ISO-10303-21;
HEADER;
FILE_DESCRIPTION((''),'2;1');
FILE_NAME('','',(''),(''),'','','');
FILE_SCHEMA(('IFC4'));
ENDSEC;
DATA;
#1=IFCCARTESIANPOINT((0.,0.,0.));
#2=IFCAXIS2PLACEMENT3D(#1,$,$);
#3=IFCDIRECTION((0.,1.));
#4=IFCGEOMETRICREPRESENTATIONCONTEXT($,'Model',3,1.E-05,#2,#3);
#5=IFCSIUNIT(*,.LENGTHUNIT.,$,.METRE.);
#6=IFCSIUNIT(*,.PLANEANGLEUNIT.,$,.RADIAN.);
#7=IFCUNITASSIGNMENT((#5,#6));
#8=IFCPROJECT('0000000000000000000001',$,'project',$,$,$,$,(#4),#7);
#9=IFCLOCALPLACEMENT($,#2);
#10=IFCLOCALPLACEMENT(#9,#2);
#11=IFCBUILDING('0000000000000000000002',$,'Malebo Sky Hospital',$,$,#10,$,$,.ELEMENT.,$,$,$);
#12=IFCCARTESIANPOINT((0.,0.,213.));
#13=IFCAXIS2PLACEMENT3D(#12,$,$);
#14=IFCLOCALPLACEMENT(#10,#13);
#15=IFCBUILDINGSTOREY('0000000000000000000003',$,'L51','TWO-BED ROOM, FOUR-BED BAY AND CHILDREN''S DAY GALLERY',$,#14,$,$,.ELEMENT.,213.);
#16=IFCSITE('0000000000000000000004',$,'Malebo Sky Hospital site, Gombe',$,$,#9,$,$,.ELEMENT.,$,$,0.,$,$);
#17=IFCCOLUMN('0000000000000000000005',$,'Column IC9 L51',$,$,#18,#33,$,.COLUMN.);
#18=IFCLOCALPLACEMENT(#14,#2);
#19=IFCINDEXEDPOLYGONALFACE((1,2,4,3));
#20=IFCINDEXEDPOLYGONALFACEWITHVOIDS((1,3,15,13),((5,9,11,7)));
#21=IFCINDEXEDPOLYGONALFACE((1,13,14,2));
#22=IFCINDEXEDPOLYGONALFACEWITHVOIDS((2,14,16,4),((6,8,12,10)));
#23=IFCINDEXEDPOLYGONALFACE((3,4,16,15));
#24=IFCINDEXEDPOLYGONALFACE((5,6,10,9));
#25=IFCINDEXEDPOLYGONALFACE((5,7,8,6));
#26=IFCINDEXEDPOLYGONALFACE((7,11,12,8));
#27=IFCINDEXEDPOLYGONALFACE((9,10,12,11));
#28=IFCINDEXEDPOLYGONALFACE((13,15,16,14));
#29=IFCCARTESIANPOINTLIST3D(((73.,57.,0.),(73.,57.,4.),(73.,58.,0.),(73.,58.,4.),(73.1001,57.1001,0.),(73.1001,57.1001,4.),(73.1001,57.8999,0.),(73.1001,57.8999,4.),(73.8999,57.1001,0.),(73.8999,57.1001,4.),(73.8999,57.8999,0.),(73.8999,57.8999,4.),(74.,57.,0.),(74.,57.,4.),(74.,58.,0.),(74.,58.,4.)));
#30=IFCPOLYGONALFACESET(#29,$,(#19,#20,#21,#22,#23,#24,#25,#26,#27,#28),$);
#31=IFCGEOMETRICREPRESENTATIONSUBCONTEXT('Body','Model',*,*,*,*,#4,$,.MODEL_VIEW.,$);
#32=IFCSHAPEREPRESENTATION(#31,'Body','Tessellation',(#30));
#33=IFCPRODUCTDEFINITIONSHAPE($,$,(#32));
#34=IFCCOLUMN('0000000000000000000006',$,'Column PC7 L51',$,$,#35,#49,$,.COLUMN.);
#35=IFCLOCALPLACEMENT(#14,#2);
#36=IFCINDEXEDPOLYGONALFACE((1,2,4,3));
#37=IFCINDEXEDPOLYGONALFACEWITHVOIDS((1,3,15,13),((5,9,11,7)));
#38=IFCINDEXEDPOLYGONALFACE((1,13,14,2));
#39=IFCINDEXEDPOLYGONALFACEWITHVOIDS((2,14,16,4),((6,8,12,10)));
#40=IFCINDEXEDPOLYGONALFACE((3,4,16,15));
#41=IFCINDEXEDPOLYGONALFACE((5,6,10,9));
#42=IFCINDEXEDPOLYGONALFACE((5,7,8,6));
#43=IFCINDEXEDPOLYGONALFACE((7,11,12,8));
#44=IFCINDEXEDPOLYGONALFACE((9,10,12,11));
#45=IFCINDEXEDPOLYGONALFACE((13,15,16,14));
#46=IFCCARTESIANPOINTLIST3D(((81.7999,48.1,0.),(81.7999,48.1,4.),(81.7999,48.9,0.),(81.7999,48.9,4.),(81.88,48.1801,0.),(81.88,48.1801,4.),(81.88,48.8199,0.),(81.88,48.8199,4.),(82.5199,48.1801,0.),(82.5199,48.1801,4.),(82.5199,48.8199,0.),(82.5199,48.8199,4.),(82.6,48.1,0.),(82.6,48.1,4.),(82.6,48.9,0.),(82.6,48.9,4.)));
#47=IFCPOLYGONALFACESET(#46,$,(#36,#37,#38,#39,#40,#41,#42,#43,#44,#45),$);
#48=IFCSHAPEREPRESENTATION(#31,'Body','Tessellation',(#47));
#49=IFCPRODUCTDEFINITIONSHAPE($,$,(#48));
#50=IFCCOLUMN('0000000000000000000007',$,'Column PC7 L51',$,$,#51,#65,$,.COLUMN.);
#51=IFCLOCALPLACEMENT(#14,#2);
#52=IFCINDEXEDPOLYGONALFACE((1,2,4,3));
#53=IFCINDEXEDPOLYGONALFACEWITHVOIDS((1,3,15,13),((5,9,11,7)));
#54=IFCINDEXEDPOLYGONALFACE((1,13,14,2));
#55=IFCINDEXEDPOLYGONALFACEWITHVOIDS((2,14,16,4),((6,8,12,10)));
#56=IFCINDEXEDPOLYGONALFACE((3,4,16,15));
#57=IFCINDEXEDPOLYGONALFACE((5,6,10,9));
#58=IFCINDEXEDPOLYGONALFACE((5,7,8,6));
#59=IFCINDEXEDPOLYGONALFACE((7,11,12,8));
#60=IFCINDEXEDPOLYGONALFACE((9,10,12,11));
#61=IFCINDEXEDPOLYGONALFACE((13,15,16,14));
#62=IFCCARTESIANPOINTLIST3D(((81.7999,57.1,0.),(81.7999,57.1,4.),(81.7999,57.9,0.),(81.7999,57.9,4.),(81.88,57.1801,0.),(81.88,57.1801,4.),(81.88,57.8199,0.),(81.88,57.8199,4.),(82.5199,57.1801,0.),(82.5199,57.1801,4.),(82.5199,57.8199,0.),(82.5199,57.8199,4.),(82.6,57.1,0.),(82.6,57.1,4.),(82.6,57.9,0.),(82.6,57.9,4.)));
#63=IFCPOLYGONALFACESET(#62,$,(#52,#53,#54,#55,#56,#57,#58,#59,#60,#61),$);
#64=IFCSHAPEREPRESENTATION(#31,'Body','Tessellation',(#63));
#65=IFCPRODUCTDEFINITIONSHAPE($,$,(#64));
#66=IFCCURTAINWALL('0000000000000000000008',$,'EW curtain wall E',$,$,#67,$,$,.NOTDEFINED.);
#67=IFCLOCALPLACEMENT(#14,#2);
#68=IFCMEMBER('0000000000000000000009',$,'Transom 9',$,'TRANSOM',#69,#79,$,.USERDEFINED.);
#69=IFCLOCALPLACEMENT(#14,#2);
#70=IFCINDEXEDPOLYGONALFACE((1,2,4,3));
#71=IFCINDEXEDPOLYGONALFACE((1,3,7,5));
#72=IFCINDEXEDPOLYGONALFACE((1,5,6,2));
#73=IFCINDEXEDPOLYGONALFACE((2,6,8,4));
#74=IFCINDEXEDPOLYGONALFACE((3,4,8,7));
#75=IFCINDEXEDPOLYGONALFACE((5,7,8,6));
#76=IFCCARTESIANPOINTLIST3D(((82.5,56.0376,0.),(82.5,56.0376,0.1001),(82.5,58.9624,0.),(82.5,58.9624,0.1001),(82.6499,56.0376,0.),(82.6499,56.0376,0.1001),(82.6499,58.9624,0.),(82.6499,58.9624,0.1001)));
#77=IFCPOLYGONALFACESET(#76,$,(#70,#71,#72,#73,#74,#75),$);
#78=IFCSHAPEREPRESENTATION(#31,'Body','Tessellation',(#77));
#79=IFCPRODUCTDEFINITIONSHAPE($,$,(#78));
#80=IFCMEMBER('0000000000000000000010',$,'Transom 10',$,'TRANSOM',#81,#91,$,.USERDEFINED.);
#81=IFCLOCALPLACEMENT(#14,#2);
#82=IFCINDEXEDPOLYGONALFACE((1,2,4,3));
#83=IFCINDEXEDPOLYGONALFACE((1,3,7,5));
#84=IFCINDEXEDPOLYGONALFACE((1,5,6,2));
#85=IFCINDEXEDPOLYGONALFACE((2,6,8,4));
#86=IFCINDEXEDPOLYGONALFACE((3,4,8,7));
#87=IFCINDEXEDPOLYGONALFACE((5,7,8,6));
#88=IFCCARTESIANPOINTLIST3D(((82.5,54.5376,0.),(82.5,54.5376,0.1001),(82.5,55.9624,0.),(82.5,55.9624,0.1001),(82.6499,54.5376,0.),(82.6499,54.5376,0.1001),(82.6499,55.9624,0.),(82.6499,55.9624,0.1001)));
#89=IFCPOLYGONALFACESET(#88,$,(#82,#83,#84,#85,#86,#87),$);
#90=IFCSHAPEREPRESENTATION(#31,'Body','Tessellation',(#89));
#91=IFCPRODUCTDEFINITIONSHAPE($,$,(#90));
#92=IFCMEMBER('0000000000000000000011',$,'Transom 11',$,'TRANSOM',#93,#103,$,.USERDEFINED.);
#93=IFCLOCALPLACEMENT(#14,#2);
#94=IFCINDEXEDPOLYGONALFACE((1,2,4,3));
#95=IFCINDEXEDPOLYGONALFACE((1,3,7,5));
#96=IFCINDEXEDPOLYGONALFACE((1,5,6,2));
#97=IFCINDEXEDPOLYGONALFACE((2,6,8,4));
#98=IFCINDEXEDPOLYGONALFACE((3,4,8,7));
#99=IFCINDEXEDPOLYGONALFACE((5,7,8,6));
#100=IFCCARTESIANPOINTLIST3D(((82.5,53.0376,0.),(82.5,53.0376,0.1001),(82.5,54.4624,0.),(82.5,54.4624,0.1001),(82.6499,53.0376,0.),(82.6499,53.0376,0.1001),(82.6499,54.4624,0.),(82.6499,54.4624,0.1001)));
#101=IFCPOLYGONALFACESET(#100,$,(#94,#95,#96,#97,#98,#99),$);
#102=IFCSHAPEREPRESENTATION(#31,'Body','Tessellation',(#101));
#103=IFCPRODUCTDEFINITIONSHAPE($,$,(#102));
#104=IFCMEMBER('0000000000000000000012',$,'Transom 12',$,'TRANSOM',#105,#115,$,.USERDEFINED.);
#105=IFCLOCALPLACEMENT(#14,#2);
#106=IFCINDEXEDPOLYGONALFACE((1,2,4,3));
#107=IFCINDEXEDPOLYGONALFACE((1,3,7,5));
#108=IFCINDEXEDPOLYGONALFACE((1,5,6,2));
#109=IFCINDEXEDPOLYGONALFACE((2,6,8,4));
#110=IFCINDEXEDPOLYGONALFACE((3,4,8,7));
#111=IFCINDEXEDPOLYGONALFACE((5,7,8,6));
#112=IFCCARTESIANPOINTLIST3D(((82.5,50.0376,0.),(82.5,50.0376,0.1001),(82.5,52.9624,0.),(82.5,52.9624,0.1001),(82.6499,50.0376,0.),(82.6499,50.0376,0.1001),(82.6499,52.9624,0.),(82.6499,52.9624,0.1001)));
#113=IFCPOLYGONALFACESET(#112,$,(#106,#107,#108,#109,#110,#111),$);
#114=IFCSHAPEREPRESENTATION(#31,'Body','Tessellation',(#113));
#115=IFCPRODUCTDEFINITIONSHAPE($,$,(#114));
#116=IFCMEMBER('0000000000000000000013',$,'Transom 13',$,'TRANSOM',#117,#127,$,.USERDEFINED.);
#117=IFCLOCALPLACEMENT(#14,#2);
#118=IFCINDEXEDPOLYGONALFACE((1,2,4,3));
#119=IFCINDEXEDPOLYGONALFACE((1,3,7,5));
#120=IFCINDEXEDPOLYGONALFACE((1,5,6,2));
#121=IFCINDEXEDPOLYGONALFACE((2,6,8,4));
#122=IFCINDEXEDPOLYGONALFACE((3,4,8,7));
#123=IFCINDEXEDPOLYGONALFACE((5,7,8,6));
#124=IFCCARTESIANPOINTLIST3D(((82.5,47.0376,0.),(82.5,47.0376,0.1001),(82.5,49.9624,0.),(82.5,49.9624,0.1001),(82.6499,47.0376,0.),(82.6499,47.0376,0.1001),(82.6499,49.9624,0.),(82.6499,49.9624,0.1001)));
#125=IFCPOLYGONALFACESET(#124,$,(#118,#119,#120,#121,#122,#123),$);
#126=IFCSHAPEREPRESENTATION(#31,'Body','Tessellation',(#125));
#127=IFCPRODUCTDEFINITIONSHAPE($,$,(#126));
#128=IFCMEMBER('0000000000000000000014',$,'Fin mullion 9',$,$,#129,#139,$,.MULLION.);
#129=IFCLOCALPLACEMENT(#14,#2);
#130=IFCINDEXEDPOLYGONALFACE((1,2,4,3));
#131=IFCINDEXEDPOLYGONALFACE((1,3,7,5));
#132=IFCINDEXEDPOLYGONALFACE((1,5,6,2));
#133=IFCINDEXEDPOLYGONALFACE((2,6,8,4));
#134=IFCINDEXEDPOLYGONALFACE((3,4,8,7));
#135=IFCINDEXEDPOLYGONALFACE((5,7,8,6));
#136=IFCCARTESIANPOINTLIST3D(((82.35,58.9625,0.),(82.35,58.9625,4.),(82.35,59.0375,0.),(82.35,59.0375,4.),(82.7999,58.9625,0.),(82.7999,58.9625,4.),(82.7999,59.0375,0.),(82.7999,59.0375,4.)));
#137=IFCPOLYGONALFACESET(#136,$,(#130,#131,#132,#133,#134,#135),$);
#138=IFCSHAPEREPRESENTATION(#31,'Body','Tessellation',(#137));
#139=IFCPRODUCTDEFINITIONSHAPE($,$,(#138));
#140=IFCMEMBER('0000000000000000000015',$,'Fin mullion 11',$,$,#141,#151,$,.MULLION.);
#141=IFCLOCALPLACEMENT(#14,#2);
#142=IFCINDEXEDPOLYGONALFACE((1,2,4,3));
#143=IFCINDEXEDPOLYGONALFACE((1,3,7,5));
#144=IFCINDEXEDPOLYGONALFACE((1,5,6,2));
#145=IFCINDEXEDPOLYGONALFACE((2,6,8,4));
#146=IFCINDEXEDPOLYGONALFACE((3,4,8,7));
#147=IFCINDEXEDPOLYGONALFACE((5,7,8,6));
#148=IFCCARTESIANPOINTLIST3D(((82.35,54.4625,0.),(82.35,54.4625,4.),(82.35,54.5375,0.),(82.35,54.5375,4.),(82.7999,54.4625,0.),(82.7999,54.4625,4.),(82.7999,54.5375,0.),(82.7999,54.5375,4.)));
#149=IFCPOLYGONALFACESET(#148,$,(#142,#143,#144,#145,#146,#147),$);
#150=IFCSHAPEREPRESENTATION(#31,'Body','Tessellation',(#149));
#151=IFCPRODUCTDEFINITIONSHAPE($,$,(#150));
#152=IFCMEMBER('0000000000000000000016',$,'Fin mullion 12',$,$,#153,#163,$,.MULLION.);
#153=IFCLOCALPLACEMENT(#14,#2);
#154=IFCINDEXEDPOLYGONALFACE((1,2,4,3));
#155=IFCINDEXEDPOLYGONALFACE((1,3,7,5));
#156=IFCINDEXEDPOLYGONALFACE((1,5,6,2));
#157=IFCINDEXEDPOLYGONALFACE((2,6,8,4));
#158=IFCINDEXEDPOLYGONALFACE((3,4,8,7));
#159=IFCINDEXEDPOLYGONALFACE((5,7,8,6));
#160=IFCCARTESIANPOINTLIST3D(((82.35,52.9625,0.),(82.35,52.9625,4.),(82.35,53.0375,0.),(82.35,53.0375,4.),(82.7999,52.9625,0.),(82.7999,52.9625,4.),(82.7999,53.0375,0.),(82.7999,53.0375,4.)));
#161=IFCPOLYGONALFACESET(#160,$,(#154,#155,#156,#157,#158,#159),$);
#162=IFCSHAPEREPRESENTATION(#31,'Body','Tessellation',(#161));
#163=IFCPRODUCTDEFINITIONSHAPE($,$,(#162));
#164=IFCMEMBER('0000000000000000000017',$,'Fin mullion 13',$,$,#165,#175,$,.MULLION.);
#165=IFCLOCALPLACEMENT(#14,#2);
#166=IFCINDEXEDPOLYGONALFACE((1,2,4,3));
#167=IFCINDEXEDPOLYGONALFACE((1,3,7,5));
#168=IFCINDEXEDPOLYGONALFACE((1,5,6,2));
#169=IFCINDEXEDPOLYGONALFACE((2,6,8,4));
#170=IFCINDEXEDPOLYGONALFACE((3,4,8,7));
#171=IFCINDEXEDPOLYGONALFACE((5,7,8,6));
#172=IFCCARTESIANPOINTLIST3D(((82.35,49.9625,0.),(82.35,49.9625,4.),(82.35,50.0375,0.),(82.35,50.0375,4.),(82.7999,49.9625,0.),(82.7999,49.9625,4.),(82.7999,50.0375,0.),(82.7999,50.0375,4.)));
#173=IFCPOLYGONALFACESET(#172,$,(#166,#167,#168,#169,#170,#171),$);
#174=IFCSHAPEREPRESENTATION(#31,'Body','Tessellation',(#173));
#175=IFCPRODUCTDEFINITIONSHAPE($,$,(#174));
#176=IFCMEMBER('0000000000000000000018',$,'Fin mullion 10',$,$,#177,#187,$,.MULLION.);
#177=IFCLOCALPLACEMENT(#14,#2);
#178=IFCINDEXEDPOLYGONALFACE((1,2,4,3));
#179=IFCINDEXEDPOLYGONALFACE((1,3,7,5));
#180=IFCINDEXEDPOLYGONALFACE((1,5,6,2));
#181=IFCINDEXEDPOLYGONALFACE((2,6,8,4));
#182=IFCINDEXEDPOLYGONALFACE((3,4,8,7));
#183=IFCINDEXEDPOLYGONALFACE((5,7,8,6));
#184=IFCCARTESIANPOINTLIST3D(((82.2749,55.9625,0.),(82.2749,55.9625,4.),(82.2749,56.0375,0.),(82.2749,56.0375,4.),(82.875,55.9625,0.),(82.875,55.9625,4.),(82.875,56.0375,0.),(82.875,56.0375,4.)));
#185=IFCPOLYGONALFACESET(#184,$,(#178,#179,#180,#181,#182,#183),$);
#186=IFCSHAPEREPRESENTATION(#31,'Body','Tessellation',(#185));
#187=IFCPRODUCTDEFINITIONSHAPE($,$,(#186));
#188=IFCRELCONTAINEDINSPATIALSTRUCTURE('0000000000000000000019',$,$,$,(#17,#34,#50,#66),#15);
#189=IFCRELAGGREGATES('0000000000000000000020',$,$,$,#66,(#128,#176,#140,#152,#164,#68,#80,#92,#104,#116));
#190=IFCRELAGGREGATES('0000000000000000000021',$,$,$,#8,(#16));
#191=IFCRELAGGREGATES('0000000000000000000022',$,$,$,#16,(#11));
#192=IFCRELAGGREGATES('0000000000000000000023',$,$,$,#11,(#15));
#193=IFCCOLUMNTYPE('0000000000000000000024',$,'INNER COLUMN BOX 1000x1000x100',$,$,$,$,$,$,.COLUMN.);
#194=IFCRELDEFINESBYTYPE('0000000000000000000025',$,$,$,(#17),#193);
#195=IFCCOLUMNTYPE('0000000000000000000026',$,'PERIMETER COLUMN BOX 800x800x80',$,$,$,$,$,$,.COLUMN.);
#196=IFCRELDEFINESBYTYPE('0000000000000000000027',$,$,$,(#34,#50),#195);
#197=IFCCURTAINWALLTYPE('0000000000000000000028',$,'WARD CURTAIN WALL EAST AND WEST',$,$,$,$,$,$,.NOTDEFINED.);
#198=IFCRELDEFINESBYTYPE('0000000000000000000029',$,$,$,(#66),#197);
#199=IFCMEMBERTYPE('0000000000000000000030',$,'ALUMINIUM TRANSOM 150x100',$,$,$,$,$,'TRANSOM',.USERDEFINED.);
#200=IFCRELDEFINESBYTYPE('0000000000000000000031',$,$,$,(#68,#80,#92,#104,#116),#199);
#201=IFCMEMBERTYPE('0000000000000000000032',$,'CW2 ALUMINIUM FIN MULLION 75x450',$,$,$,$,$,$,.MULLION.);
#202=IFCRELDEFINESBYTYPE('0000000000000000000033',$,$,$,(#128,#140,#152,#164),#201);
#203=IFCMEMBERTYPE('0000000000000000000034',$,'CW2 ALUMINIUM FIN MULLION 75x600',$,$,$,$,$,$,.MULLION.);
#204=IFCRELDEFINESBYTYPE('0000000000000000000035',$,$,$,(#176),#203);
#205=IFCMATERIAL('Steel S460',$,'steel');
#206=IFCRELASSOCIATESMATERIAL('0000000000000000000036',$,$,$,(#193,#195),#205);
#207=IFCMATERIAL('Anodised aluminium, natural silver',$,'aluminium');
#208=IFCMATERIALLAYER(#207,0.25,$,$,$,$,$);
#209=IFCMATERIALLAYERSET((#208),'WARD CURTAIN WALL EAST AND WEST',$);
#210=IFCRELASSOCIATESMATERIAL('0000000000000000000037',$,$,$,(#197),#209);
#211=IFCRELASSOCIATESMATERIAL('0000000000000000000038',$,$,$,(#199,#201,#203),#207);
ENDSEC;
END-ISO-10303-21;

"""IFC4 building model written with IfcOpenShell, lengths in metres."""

from ifc_helpers import new_model, si_unit, direction, frame, origin, origin_2d, place, context, subcontext, project, spatial, rectangle, hollow_rectangle, extrude, material, layer, layer_set, material_profile, profile_set, type_object, element, aggregate, save


model = new_model("IFC4")

# Units and contexts
model_context = context("Model", 3, precision=1e-05, world=origin(), true_north=direction((0.0, 1.0)))
body_context = subcontext(model_context, "Body", "Model", "MODEL_VIEW")
ifc_project = project(units=[si_unit("LENGTHUNIT", "METRE"), si_unit("PLANEANGLEUNIT", "RADIAN")], contexts=[model_context])

# Site, building, storey
site_placement = place(None, origin())
site = spatial("IfcSite", under=ifc_project, at=site_placement, Name="Malebo Sky Hospital site, Gombe", CompositionType="ELEMENT", RefElevation=0.0)
building_placement = place(site_placement, origin())
building = spatial("IfcBuilding", under=site, at=building_placement, Name="Malebo Sky Hospital", CompositionType="ELEMENT")
storey_placement = place(building_placement, frame((0.0, 0.0, 213.0)))
storey = spatial("IfcBuildingStorey", under=building, at=storey_placement, Name="L51", Description="TWO-BED ROOM, FOUR-BED BAY AND CHILDREN'S DAY GALLERY", CompositionType="ELEMENT", Elevation=213.0)

# Columns
ifc_material_1 = material(Name="Steel S460", Category="steel")
ifc_material_profile_1 = material_profile(ifc_material_1, hollow_rectangle(XDim=1.0, YDim=1.0, WallThickness=0.1001, at=origin_2d()), Name="BOX 1000x1000x100")
ifc_profile_set_1 = profile_set([ifc_material_profile_1], Name="Steel S460")
column_type_1 = type_object("IfcColumnType", Name="INNER COLUMN BOX 1000x1000x100", PredefinedType="COLUMN", material=ifc_profile_set_1)
column_placement = place(storey_placement, frame((73.5, 57.5, 0.0), z_axis=(0.0, 0.0, 1.0), x_axis=(1.0, 0.0, 0.0)))
element("IfcColumn", 1, at=column_placement, inside=storey, type_object=column_type_1, Name="Column IC9 L51", PredefinedType="COLUMN", context=body_context, shape_type="SweptSolid", body=[
    extrude(hollow_rectangle(XDim=1.0, YDim=1.0, WallThickness=0.1001, at=origin_2d()), origin(), (0.0, 0.0, 1.0), 4.0),
])
ifc_material_profile_2 = material_profile(ifc_material_1, hollow_rectangle(XDim=0.8, YDim=0.8, WallThickness=0.0801, at=origin_2d()), Name="BOX 800x800x80")
ifc_profile_set_2 = profile_set([ifc_material_profile_2], Name="Steel S460")
column_type_2 = type_object("IfcColumnType", Name="PERIMETER COLUMN BOX 800x800x80", PredefinedType="COLUMN", material=ifc_profile_set_2)
for number, where, z_axis, x_axis, name in (
    (2, (82.2, 48.5, 0.0), (0.0, 0.0, 1.0), (1.0, 0.0, 0.0), "Column PC7 L51"),
    (3, (82.2, 57.5, 0.0), (0.0, 0.0, 1.0), (1.0, 0.0, 0.0), "Column PC7 L51"),
):
    element("IfcColumn", number, at=place(storey_placement, frame(where, z_axis=z_axis, x_axis=x_axis)), inside=storey, type_object=column_type_2, Name=name, PredefinedType="COLUMN", context=body_context, shape_type="SweptSolid", body=[
        extrude(hollow_rectangle(XDim=0.8, YDim=0.8, WallThickness=0.0801, at=origin_2d()), origin(), (0.0, 0.0, 1.0), 4.0),
    ])

# Curtain wall, members
ifc_material_2 = material(Name="Anodised aluminium, natural silver", Category="aluminium")
ifc_layer_1 = layer(ifc_material_2, 0.25)
ifc_layer_set_1 = layer_set([ifc_layer_1], Name="WARD CURTAIN WALL EAST AND WEST")
curtain_wall_type = type_object("IfcCurtainWallType", Name="WARD CURTAIN WALL EAST AND WEST", PredefinedType="NOTDEFINED", material=ifc_layer_set_1)
curtain_wall_placement = place(storey_placement, origin())
curtain_wall = element("IfcCurtainWall", 4, at=curtain_wall_placement, inside=storey, type_object=curtain_wall_type, Name="EW curtain wall E", PredefinedType="NOTDEFINED")
ifc_material_profile_3 = material_profile(ifc_material_2, rectangle(XDim=0.1499, YDim=0.1001, at=origin_2d()), Name="ALUMINIUM TRANSOM 150x100")
ifc_profile_set_3 = profile_set([ifc_material_profile_3], Name="Anodised aluminium, natural silver")
member_type_1 = type_object("IfcMemberType", Name="ALUMINIUM TRANSOM 150x100", ElementType="TRANSOM", PredefinedType="USERDEFINED", material=ifc_profile_set_3)
member_1_placement = place(storey_placement, frame((82.575, 58.9624, 0.05), z_axis=(0.0, -1.0, 0.0), x_axis=(1.0, 0.0, 0.0)))
member_1 = element("IfcMember", 5, at=member_1_placement, type_object=member_type_1, Name="Transom 9", ObjectType="TRANSOM", PredefinedType="USERDEFINED", context=body_context, shape_type="SweptSolid", body=[
    extrude(rectangle(XDim=0.1499, YDim=0.1001, at=origin_2d()), origin(), (0.0, 0.0, 1.0), 2.9248),
])
member_2_placement = place(storey_placement, frame((82.575, 55.9624, 0.05), z_axis=(0.0, -1.0, 0.0), x_axis=(1.0, 0.0, 0.0)))
member_2 = element("IfcMember", 6, at=member_2_placement, type_object=member_type_1, Name="Transom 10", ObjectType="TRANSOM", PredefinedType="USERDEFINED", context=body_context, shape_type="SweptSolid", body=[
    extrude(rectangle(XDim=0.1499, YDim=0.1001, at=origin_2d()), origin(), (0.0, 0.0, 1.0), 1.4248),
])
member_3_placement = place(storey_placement, frame((82.575, 54.4624, 0.05), z_axis=(0.0, -1.0, 0.0), x_axis=(1.0, 0.0, 0.0)))
member_3 = element("IfcMember", 7, at=member_3_placement, type_object=member_type_1, Name="Transom 11", ObjectType="TRANSOM", PredefinedType="USERDEFINED", context=body_context, shape_type="SweptSolid", body=[
    extrude(rectangle(XDim=0.1499, YDim=0.1001, at=origin_2d()), origin(), (0.0, 0.0, 1.0), 1.4248),
])
member_4_placement = place(storey_placement, frame((82.575, 52.9624, 0.05), z_axis=(0.0, -1.0, 0.0), x_axis=(1.0, 0.0, 0.0)))
member_4 = element("IfcMember", 8, at=member_4_placement, type_object=member_type_1, Name="Transom 12", ObjectType="TRANSOM", PredefinedType="USERDEFINED", context=body_context, shape_type="SweptSolid", body=[
    extrude(rectangle(XDim=0.1499, YDim=0.1001, at=origin_2d()), origin(), (0.0, 0.0, 1.0), 2.9248),
])
member_5_placement = place(storey_placement, frame((82.575, 49.9624, 0.05), z_axis=(0.0, -1.0, 0.0), x_axis=(1.0, 0.0, 0.0)))
member_5 = element("IfcMember", 9, at=member_5_placement, type_object=member_type_1, Name="Transom 13", ObjectType="TRANSOM", PredefinedType="USERDEFINED", context=body_context, shape_type="SweptSolid", body=[
    extrude(rectangle(XDim=0.1499, YDim=0.1001, at=origin_2d()), origin(), (0.0, 0.0, 1.0), 2.9248),
])
ifc_material_profile_4 = material_profile(ifc_material_2, rectangle(XDim=0.075, YDim=0.45, at=origin_2d()), Name="CW2 ALUMINIUM FIN MULLION 75x450")
ifc_profile_set_4 = profile_set([ifc_material_profile_4], Name="Anodised aluminium, natural silver")
member_type_2 = type_object("IfcMemberType", Name="CW2 ALUMINIUM FIN MULLION 75x450", PredefinedType="MULLION", material=ifc_profile_set_4)
member_6_placement = place(storey_placement, frame((82.575, 59.0, 0.0), z_axis=(0.0, 0.0, 1.0), x_axis=(0.0, -1.0, 0.0)))
member_6 = element("IfcMember", 10, at=member_6_placement, type_object=member_type_2, Name="Fin mullion 9", PredefinedType="MULLION", context=body_context, shape_type="SweptSolid", body=[
    extrude(rectangle(XDim=0.075, YDim=0.45, at=origin_2d()), origin(), (0.0, 0.0, 1.0), 4.0),
])
member_7_placement = place(storey_placement, frame((82.575, 54.5, 0.0), z_axis=(0.0, 0.0, 1.0), x_axis=(0.0, -1.0, 0.0)))
member_7 = element("IfcMember", 11, at=member_7_placement, type_object=member_type_2, Name="Fin mullion 11", PredefinedType="MULLION", context=body_context, shape_type="SweptSolid", body=[
    extrude(rectangle(XDim=0.075, YDim=0.45, at=origin_2d()), origin(), (0.0, 0.0, 1.0), 4.0),
])
member_8_placement = place(storey_placement, frame((82.575, 53.0, 0.0), z_axis=(0.0, 0.0, 1.0), x_axis=(0.0, -1.0, 0.0)))
member_8 = element("IfcMember", 12, at=member_8_placement, type_object=member_type_2, Name="Fin mullion 12", PredefinedType="MULLION", context=body_context, shape_type="SweptSolid", body=[
    extrude(rectangle(XDim=0.075, YDim=0.45, at=origin_2d()), origin(), (0.0, 0.0, 1.0), 4.0),
])
member_9_placement = place(storey_placement, frame((82.575, 50.0, 0.0), z_axis=(0.0, 0.0, 1.0), x_axis=(0.0, -1.0, 0.0)))
member_9 = element("IfcMember", 13, at=member_9_placement, type_object=member_type_2, Name="Fin mullion 13", PredefinedType="MULLION", context=body_context, shape_type="SweptSolid", body=[
    extrude(rectangle(XDim=0.075, YDim=0.45, at=origin_2d()), origin(), (0.0, 0.0, 1.0), 4.0),
])
ifc_material_profile_5 = material_profile(ifc_material_2, rectangle(XDim=0.075, YDim=0.6001, at=origin_2d()), Name="CW2 ALUMINIUM FIN MULLION 75x600")
ifc_profile_set_5 = profile_set([ifc_material_profile_5], Name="Anodised aluminium, natural silver")
member_type_3 = type_object("IfcMemberType", Name="CW2 ALUMINIUM FIN MULLION 75x600", PredefinedType="MULLION", material=ifc_profile_set_5)
member_10_placement = place(storey_placement, frame((82.575, 56.0, 0.0), z_axis=(0.0, 0.0, 1.0), x_axis=(0.0, -1.0, 0.0)))
member_10 = element("IfcMember", 14, at=member_10_placement, type_object=member_type_3, Name="Fin mullion 10", PredefinedType="MULLION", context=body_context, shape_type="SweptSolid", body=[
    extrude(rectangle(XDim=0.075, YDim=0.6001, at=origin_2d()), origin(), (0.0, 0.0, 1.0), 4.0),
])

aggregate(curtain_wall, [member_6, member_10, member_7, member_8, member_9, member_1, member_2, member_3, member_4, member_5])

save(model, "model.ifc")
